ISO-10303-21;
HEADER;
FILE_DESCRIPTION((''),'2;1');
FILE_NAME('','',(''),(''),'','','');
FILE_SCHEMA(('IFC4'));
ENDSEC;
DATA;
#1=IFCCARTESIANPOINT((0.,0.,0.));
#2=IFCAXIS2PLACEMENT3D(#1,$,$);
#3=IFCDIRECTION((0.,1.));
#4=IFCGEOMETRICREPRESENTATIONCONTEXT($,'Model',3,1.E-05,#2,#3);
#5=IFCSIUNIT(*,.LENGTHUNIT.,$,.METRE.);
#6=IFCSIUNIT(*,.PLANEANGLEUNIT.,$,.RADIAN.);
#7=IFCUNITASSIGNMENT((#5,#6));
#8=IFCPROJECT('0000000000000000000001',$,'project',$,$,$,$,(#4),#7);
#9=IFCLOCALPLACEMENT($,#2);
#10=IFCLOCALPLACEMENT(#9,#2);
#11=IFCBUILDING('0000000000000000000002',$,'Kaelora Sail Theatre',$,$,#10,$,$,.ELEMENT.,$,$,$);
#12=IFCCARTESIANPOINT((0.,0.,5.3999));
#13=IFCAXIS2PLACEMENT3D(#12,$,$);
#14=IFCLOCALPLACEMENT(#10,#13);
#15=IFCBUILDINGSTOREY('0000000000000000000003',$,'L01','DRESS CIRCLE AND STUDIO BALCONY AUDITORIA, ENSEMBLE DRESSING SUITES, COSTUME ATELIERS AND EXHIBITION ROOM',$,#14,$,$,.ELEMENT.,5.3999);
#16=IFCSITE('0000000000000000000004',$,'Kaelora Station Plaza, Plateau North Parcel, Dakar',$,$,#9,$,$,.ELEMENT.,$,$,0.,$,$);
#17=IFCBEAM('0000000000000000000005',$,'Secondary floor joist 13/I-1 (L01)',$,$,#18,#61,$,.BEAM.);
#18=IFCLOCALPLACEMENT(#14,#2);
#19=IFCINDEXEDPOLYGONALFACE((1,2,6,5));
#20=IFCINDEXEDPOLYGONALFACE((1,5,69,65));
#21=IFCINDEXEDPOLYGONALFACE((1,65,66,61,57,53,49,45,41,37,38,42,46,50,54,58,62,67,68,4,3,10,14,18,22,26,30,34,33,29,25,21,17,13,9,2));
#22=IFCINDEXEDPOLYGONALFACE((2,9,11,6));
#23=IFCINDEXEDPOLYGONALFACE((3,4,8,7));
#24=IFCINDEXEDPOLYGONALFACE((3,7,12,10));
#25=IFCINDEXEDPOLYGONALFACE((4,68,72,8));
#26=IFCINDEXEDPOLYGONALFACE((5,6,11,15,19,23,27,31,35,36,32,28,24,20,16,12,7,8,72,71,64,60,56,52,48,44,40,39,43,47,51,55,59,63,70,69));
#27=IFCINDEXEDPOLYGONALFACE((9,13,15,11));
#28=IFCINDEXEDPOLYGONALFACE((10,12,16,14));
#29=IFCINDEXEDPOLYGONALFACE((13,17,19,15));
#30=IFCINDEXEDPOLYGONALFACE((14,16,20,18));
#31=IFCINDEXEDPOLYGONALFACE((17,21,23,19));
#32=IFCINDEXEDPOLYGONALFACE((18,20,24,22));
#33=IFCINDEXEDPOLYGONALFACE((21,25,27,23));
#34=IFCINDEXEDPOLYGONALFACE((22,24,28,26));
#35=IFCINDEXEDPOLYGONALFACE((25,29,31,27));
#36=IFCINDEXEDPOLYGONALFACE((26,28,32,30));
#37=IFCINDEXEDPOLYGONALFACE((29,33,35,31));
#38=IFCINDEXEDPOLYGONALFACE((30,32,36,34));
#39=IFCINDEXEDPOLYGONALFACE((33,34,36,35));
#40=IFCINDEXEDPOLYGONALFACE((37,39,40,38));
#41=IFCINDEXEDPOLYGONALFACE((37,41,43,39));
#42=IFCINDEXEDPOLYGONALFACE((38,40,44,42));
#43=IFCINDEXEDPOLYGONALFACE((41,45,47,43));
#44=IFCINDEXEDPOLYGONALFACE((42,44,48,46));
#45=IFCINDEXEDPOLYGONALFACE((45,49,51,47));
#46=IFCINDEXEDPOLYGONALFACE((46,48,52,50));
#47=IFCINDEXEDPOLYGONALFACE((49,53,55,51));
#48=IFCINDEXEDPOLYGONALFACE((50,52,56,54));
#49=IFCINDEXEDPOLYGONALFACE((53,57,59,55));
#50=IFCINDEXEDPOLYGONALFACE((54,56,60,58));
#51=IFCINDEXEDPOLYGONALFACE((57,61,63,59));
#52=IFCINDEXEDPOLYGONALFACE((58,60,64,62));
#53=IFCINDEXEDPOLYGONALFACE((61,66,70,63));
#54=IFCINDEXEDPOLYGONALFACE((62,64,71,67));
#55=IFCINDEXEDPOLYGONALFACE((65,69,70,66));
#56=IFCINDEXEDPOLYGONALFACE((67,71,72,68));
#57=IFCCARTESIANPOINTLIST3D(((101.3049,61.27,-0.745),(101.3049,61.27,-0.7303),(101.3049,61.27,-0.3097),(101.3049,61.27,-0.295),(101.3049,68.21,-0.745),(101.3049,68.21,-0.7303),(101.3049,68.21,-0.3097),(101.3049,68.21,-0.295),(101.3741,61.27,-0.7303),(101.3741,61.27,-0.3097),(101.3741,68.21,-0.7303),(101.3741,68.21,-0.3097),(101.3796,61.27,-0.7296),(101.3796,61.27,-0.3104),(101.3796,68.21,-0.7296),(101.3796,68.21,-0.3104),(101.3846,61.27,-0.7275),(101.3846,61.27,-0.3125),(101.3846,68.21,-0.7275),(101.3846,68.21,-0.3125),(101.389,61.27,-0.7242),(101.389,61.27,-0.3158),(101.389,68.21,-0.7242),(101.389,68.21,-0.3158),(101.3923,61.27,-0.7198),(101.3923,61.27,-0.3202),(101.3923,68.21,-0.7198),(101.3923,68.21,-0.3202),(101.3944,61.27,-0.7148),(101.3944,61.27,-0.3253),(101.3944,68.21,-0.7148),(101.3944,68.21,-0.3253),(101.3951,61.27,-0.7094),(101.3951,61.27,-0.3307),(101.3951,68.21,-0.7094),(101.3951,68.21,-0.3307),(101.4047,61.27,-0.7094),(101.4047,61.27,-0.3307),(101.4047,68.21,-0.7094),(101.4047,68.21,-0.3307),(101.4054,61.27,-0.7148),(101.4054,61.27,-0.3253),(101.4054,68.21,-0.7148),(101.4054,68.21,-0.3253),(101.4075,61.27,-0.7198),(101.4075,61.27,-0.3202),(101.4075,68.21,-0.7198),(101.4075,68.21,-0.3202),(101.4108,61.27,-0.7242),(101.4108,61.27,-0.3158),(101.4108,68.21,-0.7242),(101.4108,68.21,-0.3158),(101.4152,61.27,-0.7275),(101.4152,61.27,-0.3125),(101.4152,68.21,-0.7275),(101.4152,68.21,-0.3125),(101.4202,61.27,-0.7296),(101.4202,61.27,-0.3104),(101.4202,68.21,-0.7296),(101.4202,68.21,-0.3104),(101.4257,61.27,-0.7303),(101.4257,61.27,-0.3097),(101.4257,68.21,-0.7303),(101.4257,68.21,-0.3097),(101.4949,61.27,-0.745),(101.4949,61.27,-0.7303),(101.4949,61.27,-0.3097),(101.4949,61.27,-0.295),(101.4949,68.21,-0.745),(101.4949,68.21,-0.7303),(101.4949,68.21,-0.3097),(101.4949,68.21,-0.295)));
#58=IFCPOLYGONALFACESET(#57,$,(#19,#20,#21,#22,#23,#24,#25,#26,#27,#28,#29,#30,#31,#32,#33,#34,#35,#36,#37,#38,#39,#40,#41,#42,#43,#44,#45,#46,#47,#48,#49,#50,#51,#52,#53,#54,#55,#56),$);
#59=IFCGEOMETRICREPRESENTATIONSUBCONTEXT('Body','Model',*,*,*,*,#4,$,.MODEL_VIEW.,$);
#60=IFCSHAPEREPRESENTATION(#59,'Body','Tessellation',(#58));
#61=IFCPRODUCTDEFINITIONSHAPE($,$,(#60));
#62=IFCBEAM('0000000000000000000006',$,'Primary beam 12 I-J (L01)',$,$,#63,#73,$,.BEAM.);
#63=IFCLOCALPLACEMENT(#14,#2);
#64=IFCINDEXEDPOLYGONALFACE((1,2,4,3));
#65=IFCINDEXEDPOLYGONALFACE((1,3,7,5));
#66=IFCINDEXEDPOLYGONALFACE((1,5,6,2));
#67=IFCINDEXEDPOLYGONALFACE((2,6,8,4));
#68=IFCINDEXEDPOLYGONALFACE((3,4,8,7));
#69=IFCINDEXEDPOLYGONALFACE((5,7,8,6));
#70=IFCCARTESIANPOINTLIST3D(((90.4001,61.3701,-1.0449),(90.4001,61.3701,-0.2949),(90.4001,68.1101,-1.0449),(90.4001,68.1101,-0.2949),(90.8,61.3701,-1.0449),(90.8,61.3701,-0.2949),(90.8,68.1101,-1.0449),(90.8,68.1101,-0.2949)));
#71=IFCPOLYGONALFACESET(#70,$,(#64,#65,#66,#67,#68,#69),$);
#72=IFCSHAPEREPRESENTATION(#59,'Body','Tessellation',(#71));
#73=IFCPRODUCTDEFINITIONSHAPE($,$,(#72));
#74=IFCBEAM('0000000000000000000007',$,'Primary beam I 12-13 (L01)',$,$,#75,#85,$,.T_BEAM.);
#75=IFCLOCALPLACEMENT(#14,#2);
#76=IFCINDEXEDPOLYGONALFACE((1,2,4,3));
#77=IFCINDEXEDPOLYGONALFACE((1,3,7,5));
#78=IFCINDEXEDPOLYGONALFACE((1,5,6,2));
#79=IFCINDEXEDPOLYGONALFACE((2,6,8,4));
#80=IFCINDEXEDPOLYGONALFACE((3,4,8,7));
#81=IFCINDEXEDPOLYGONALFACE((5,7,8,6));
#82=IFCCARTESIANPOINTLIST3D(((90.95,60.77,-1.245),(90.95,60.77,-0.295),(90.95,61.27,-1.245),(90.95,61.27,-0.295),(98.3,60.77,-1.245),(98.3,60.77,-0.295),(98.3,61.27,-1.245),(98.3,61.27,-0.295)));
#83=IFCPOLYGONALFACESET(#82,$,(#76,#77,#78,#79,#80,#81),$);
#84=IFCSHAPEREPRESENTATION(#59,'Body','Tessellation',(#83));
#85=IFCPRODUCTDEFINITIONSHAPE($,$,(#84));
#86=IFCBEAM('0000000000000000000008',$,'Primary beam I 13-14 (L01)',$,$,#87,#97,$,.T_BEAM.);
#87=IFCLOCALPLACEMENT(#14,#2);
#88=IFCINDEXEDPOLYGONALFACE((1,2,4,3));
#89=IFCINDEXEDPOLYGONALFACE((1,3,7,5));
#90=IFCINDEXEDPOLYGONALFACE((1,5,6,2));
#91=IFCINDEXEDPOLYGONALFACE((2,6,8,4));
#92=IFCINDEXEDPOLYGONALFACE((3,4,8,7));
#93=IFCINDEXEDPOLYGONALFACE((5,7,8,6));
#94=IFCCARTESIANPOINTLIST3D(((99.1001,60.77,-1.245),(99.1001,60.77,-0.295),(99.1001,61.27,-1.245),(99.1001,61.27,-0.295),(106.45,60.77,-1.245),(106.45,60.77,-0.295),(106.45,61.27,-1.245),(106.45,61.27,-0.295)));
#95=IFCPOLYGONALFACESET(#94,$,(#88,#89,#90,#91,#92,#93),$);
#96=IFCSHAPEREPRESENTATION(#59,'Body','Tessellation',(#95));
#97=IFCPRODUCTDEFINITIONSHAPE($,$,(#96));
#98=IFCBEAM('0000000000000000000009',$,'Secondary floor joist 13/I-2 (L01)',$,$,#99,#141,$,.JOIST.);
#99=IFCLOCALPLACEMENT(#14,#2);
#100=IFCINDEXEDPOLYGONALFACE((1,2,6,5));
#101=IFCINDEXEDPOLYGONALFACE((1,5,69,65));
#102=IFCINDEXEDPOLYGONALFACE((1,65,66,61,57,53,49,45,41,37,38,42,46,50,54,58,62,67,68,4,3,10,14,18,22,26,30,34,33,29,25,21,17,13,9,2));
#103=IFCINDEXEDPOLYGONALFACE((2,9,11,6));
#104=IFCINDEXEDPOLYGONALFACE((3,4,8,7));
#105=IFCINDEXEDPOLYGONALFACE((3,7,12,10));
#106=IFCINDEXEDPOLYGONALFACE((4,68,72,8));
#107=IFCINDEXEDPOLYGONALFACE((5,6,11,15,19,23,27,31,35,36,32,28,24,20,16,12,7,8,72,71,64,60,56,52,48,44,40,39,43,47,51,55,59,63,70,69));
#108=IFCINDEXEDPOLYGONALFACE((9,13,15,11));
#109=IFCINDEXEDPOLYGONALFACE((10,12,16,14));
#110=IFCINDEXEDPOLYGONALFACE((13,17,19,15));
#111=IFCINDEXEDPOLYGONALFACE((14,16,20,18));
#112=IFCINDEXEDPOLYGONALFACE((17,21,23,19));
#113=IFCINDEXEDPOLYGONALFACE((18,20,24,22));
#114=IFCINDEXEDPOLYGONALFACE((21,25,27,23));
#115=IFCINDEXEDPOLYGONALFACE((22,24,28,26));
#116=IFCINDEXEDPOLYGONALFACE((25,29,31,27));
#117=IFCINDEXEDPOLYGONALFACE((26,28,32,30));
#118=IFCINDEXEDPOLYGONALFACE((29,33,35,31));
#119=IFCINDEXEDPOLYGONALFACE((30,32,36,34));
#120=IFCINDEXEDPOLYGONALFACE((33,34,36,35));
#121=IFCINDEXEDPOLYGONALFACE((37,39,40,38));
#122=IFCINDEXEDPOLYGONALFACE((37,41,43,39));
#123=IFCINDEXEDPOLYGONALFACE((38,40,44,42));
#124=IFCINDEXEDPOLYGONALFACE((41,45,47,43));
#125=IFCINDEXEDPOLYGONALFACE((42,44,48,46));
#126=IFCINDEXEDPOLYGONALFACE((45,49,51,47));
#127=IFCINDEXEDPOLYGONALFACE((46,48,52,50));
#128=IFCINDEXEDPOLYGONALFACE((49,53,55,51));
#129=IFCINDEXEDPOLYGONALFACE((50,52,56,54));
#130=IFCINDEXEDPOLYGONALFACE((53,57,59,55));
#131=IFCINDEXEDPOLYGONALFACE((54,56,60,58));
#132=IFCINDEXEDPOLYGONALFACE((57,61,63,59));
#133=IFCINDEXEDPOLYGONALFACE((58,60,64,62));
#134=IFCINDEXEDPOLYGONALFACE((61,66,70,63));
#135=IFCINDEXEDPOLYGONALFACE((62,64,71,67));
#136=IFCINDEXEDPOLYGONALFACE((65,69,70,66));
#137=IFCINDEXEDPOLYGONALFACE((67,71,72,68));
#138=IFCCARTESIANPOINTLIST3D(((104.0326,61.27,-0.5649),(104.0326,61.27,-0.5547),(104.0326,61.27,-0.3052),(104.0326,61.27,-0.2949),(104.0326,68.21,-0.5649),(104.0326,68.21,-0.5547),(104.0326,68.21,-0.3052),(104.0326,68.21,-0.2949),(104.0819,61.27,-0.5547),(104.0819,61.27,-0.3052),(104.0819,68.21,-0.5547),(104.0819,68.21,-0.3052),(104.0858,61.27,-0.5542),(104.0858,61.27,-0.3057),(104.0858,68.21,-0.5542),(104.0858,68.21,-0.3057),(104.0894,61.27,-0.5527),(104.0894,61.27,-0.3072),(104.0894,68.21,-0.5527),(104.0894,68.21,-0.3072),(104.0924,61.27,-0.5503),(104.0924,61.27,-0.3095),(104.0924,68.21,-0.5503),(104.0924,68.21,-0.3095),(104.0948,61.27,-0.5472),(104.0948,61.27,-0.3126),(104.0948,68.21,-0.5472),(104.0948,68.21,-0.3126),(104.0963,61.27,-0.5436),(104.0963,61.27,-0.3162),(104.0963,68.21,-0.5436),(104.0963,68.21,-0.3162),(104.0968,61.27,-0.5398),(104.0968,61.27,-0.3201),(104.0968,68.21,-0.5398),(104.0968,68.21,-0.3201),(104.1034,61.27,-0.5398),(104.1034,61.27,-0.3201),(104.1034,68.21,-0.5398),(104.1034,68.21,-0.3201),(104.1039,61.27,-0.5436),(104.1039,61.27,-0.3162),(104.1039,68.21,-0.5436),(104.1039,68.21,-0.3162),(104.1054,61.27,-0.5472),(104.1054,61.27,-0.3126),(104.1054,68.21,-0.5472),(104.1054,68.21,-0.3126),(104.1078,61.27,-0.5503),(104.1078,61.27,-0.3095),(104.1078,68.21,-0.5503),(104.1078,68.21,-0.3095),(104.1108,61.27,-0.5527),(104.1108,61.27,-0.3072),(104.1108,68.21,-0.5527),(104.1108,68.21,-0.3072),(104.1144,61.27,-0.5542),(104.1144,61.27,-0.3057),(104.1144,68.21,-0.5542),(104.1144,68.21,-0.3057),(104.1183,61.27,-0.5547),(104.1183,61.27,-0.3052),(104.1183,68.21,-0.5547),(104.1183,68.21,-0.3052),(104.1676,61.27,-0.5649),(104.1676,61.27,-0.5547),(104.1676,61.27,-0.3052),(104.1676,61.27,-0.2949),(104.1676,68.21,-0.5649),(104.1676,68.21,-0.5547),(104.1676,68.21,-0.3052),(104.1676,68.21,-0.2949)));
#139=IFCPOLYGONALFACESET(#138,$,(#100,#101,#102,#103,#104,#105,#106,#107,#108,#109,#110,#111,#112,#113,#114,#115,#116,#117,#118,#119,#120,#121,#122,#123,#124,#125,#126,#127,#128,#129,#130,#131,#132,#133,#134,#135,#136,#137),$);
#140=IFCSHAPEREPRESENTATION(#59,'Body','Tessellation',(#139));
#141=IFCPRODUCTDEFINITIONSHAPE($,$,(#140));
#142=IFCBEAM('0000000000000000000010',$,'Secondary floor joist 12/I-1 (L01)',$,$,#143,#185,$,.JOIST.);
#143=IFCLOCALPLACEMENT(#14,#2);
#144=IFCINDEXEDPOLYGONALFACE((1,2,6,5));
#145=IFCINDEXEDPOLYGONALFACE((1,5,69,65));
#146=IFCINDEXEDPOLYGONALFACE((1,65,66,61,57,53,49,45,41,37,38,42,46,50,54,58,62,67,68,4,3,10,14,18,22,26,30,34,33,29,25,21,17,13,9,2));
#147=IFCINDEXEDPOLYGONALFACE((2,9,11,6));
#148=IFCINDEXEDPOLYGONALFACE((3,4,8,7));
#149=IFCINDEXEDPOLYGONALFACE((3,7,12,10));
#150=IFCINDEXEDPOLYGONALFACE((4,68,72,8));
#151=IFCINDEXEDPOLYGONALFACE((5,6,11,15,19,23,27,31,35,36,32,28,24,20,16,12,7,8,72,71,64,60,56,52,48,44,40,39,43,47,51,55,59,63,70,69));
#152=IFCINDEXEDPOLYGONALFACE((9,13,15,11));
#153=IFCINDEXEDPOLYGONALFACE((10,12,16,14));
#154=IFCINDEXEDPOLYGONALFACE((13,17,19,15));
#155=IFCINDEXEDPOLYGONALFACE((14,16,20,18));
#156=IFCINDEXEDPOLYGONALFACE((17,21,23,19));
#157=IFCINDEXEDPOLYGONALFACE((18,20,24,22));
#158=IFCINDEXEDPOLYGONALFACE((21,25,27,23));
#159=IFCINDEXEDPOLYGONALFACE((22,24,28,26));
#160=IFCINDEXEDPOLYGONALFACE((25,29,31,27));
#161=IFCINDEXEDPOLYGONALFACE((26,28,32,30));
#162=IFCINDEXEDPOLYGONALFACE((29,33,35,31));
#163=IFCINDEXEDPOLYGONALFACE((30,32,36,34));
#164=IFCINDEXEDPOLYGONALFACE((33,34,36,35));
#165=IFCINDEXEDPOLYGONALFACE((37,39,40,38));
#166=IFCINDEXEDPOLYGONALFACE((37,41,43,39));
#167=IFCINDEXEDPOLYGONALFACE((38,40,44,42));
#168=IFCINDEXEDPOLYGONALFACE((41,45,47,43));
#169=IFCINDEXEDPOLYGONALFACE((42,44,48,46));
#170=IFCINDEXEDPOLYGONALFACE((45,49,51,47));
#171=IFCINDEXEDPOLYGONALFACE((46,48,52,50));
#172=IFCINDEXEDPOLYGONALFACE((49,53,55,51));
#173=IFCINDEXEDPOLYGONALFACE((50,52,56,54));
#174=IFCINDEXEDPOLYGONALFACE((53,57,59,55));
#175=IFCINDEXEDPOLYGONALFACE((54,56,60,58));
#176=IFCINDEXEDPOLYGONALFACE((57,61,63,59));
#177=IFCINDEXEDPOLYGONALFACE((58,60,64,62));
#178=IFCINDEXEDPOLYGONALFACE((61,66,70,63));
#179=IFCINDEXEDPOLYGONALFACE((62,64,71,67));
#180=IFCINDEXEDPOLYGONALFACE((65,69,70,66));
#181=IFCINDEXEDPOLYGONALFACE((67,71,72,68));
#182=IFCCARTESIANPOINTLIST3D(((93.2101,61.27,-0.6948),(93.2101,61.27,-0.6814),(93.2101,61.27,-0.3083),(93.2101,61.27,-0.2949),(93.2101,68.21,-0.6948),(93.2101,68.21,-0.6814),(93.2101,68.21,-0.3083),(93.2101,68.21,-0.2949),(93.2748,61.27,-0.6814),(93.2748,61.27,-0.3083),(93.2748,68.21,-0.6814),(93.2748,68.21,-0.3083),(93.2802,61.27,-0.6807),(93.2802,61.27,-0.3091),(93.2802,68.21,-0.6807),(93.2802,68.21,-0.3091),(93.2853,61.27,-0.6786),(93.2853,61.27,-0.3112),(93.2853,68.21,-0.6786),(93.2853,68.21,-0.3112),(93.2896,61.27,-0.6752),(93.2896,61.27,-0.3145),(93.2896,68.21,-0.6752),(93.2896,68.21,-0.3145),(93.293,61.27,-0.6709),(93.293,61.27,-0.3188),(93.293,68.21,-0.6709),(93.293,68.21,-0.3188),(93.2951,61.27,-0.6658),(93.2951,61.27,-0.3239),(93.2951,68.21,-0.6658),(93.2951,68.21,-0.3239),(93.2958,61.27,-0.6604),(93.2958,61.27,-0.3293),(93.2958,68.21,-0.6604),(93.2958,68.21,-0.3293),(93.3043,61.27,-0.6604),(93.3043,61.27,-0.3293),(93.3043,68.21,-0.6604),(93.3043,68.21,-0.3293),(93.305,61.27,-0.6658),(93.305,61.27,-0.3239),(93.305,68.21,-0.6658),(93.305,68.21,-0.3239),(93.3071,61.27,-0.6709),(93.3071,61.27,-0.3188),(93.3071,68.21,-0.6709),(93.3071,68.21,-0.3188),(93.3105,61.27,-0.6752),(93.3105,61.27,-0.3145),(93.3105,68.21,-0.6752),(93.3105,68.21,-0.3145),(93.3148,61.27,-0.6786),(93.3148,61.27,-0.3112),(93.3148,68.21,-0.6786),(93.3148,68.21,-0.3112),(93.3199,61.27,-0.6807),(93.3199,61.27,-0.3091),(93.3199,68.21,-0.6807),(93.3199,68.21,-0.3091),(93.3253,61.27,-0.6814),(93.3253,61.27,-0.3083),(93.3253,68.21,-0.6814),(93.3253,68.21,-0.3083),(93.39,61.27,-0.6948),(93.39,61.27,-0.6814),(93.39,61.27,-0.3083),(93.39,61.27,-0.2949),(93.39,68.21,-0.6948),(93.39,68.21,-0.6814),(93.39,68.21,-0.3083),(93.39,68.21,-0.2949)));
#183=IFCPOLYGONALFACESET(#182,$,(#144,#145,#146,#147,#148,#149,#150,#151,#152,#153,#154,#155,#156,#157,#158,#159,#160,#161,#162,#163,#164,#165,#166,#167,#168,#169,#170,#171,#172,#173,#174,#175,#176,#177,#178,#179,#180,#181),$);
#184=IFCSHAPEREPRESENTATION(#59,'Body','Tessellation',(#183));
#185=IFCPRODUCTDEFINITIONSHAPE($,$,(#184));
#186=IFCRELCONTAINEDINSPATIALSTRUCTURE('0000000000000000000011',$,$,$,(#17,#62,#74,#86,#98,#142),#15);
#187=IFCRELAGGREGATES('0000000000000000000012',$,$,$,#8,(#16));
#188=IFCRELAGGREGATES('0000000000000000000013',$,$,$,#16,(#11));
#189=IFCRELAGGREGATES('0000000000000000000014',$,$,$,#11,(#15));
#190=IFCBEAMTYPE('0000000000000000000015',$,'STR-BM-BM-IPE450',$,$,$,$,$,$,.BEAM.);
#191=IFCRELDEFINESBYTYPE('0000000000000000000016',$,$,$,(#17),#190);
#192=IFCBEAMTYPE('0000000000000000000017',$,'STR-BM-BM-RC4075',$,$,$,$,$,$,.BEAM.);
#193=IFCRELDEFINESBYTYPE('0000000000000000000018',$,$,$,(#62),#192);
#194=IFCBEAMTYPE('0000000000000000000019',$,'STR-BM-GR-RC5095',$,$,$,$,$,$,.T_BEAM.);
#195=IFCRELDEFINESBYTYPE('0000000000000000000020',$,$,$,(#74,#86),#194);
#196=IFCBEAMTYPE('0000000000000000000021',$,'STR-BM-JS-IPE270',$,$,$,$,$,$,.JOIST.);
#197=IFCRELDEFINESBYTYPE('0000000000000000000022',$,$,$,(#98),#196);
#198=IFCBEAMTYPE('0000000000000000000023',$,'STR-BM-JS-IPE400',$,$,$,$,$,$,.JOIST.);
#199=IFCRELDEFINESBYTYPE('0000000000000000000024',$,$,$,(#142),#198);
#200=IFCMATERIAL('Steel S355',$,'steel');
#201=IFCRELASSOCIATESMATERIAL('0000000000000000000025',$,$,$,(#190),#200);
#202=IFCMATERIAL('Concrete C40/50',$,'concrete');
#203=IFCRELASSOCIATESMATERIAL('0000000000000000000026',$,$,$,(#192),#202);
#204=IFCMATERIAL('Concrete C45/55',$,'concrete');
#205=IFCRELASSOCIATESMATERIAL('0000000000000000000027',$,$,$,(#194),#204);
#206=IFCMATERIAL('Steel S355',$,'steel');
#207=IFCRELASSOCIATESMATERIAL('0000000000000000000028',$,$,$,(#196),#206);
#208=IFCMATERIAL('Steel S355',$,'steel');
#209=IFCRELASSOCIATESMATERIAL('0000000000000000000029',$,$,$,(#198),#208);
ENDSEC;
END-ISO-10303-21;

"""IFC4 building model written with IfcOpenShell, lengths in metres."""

from ifc_helpers import new_model, si_unit, direction, frame, origin, origin_2d, place, context, subcontext, project, spatial, rectangle, i_section, extrude, material, material_profile, profile_set, type_object, element, save


model = new_model("IFC4")

# Units and contexts
model_context = context("Model", 3, precision=1e-05, world=origin(), true_north=direction((0.0, 1.0)))
body_context = subcontext(model_context, "Body", "Model", "MODEL_VIEW")
ifc_project = project(units=[si_unit("LENGTHUNIT", "METRE"), si_unit("PLANEANGLEUNIT", "RADIAN")], contexts=[model_context])

# Site, building, storey
site_placement = place(None, origin())
site = spatial("IfcSite", under=ifc_project, at=site_placement, Name="Kaelora Station Plaza, Plateau North Parcel, Dakar", CompositionType="ELEMENT", RefElevation=0.0)
building_placement = place(site_placement, origin())
building = spatial("IfcBuilding", under=site, at=building_placement, Name="Kaelora Sail Theatre", CompositionType="ELEMENT")
storey_placement = place(building_placement, frame((0.0, 0.0, 5.3999)))
storey = spatial("IfcBuildingStorey", under=building, at=storey_placement, Name="L01", Description="DRESS CIRCLE AND STUDIO BALCONY AUDITORIA, ENSEMBLE DRESSING SUITES, COSTUME ATELIERS AND EXHIBITION ROOM", CompositionType="ELEMENT", Elevation=5.3999)

# Beams
ifc_material_1 = material(Name="Steel S355", Category="steel")
ifc_material_profile_1 = material_profile(ifc_material_1, i_section(OverallWidth=0.1899, OverallDepth=0.45, WebThickness=0.0095, FlangeThickness=0.0146, FilletRadius=0.021, at=origin_2d()), Name="IPE 450")
ifc_profile_set_1 = profile_set([ifc_material_profile_1], Name="Steel S355")
beam_type_1 = type_object("IfcBeamType", Name="STR-BM-BM-IPE450", PredefinedType="BEAM", material=ifc_profile_set_1)
for number, where, z_axis, x_axis, name in (
    (1, (101.3999, 61.27, -0.52), (0.0, 1.0, 0.0), (-1.0, 0.0, 0.0), "Secondary floor joist 13/I-1 (L01)"),
):
    element("IfcBeam", number, at=place(storey_placement, frame(where, z_axis=z_axis, x_axis=x_axis)), inside=storey, type_object=beam_type_1, Name=name, PredefinedType="BEAM", context=body_context, shape_type="SweptSolid", body=[
        extrude(i_section(OverallWidth=0.1899, OverallDepth=0.45, WebThickness=0.0095, FlangeThickness=0.0146, FilletRadius=0.021, at=origin_2d()), origin(), (0.0, 0.0, 1.0), 6.9399),
    ])
ifc_material_2 = material(Name="Concrete C40/50", Category="concrete")
ifc_material_profile_2 = material_profile(ifc_material_2, rectangle(XDim=0.3999, YDim=0.75, at=origin_2d()), Name="RC-BM 400x750")
ifc_profile_set_2 = profile_set([ifc_material_profile_2], Name="Concrete C40/50")
beam_type_2 = type_object("IfcBeamType", Name="STR-BM-BM-RC4075", PredefinedType="BEAM", material=ifc_profile_set_2)
beam_1_placement = place(storey_placement, frame((90.6001, 61.3701, -0.6699), z_axis=(0.0, 1.0, 0.0), x_axis=(-1.0, 0.0, 0.0)))
element("IfcBeam", 2, at=beam_1_placement, inside=storey, type_object=beam_type_2, Name="Primary beam 12 I-J (L01)", PredefinedType="BEAM", context=body_context, shape_type="SweptSolid", body=[
    extrude(rectangle(XDim=0.3999, YDim=0.75, at=origin_2d()), origin(), (0.0, 0.0, 1.0), 6.74),
])
ifc_material_3 = material(Name="Concrete C45/55", Category="concrete")
ifc_material_profile_3 = material_profile(ifc_material_3, rectangle(XDim=0.5, YDim=0.95, at=origin_2d()), Name="RC-GRD 500x950")
ifc_profile_set_3 = profile_set([ifc_material_profile_3], Name="Concrete C45/55")
beam_type_3 = type_object("IfcBeamType", Name="STR-BM-GR-RC5095", PredefinedType="T_BEAM", material=ifc_profile_set_3)
beam_2_placement = place(storey_placement, frame((90.95, 61.02, -0.77), z_axis=(1.0, 0.0, 0.0), x_axis=(0.0, 1.0, 0.0)))
element("IfcBeam", 3, at=beam_2_placement, inside=storey, type_object=beam_type_3, Name="Primary beam I 12-13 (L01)", PredefinedType="T_BEAM", context=body_context, shape_type="SweptSolid", body=[
    extrude(rectangle(XDim=0.5, YDim=0.95, at=origin_2d()), origin(), (0.0, 0.0, 1.0), 7.3501),
])
beam_3_placement = place(storey_placement, frame((99.1001, 61.02, -0.77), z_axis=(1.0, 0.0, 0.0), x_axis=(0.0, 1.0, 0.0)))
element("IfcBeam", 4, at=beam_3_placement, inside=storey, type_object=beam_type_3, Name="Primary beam I 13-14 (L01)", PredefinedType="T_BEAM", context=body_context, shape_type="SweptSolid", body=[
    extrude(rectangle(XDim=0.5, YDim=0.95, at=origin_2d()), origin(), (0.0, 0.0, 1.0), 7.3499),
])
ifc_material_4 = material(Name="Steel S355", Category="steel")
ifc_material_profile_4 = material_profile(ifc_material_4, i_section(OverallWidth=0.135, OverallDepth=0.27, WebThickness=0.0066, FlangeThickness=0.0103, FilletRadius=0.0149, at=origin_2d()), Name="IPE 270")
ifc_profile_set_4 = profile_set([ifc_material_profile_4], Name="Steel S355")
beam_type_4 = type_object("IfcBeamType", Name="STR-BM-JS-IPE270", PredefinedType="JOIST", material=ifc_profile_set_4)
beam_4_placement = place(storey_placement, frame((104.1001, 61.27, -0.4299), z_axis=(0.0, 1.0, 0.0), x_axis=(-1.0, 0.0, 0.0)))
element("IfcBeam", 5, at=beam_4_placement, inside=storey, type_object=beam_type_4, Name="Secondary floor joist 13/I-2 (L01)", PredefinedType="JOIST", context=body_context, shape_type="SweptSolid", body=[
    extrude(i_section(OverallWidth=0.135, OverallDepth=0.27, WebThickness=0.0066, FlangeThickness=0.0103, FilletRadius=0.0149, at=origin_2d()), origin(), (0.0, 0.0, 1.0), 6.9399),
])
ifc_material_5 = material(Name="Steel S355", Category="steel")
ifc_material_profile_5 = material_profile(ifc_material_5, i_section(OverallWidth=0.1799, OverallDepth=0.3999, WebThickness=0.0085, FlangeThickness=0.0134, FilletRadius=0.021, at=origin_2d()), Name="IPE 400")
ifc_profile_set_5 = profile_set([ifc_material_profile_5], Name="Steel S355")
beam_type_5 = type_object("IfcBeamType", Name="STR-BM-JS-IPE400", PredefinedType="JOIST", material=ifc_profile_set_5)
beam_5_placement = place(storey_placement, frame((93.3, 61.27, -0.4949), z_axis=(0.0, 1.0, 0.0), x_axis=(-1.0, 0.0, 0.0)))
element("IfcBeam", 6, at=beam_5_placement, inside=storey, type_object=beam_type_5, Name="Secondary floor joist 12/I-1 (L01)", PredefinedType="JOIST", context=body_context, shape_type="SweptSolid", body=[
    extrude(i_section(OverallWidth=0.1799, OverallDepth=0.3999, WebThickness=0.0085, FlangeThickness=0.0134, FilletRadius=0.021, at=origin_2d()), origin(), (0.0, 0.0, 1.0), 6.9399),
])

save(model, "model.ifc")
